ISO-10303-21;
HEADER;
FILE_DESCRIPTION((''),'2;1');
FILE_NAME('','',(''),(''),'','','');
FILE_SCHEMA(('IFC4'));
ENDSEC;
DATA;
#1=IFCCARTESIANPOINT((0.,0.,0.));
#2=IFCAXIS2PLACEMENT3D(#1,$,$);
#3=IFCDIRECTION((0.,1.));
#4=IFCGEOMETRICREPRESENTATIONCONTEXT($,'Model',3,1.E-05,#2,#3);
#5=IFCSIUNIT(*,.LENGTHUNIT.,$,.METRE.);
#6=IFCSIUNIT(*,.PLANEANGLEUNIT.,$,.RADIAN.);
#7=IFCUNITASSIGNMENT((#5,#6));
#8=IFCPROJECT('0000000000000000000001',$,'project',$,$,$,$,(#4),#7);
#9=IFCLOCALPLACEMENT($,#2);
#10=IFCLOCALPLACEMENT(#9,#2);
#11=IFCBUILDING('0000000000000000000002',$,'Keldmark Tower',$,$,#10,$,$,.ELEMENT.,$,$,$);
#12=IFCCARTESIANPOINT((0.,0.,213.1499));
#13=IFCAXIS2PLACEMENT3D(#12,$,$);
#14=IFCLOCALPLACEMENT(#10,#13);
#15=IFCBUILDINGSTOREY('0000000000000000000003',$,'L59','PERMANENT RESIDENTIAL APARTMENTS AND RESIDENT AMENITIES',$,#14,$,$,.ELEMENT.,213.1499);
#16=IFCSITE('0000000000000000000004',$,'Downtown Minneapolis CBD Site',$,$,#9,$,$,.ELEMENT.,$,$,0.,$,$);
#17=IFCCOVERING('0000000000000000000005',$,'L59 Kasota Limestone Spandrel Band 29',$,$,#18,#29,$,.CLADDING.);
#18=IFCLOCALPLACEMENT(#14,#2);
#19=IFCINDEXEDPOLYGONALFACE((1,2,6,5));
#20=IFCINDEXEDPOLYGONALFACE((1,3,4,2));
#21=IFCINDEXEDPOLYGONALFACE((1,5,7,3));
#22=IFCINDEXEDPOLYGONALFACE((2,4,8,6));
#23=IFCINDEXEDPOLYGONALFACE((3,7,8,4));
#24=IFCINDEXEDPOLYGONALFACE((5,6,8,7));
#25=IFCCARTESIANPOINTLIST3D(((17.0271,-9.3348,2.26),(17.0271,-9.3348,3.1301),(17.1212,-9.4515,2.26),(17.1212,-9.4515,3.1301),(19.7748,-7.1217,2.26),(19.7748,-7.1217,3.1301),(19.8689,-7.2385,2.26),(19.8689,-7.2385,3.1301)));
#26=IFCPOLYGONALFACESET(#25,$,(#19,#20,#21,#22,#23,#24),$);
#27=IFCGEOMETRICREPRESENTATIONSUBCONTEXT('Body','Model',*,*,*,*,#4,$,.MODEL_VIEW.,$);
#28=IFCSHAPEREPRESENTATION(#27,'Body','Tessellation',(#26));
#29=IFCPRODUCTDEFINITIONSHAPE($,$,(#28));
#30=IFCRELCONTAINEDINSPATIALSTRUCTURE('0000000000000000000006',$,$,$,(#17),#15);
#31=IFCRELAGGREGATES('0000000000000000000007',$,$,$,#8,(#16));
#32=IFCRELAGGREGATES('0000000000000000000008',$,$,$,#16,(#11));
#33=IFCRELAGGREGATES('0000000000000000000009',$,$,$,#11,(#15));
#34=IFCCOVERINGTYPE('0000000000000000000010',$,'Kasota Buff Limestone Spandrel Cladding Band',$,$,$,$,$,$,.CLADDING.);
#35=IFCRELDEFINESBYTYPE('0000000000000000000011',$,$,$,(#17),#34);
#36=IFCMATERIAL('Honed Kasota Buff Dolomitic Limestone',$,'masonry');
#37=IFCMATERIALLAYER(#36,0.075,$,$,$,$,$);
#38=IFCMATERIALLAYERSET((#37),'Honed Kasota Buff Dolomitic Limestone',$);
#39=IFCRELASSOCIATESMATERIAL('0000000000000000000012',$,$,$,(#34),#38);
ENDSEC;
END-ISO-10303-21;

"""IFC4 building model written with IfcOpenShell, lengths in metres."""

from ifc_helpers import new_model, si_unit, direction, frame, origin, origin_2d, place, context, subcontext, project, spatial, rectangle, extrude, material, layer, layer_set, type_object, element, save


model = new_model("IFC4")

# Units and contexts
model_context = context("Model", 3, precision=1e-05, world=origin(), true_north=direction((0.0, 1.0)))
body_context = subcontext(model_context, "Body", "Model", "MODEL_VIEW")
ifc_project = project(units=[si_unit("LENGTHUNIT", "METRE"), si_unit("PLANEANGLEUNIT", "RADIAN")], contexts=[model_context])

# Site, building, storey
site_placement = place(None, origin())
site = spatial("IfcSite", under=ifc_project, at=site_placement, Name="Downtown Minneapolis CBD Site", CompositionType="ELEMENT", RefElevation=0.0)
building_placement = place(site_placement, origin())
building = spatial("IfcBuilding", under=site, at=building_placement, Name="Keldmark Tower", CompositionType="ELEMENT")
storey_placement = place(building_placement, frame((0.0, 0.0, 213.1499)))
storey = spatial("IfcBuildingStorey", under=building, at=storey_placement, Name="L59", Description="PERMANENT RESIDENTIAL APARTMENTS AND RESIDENT AMENITIES", CompositionType="ELEMENT", Elevation=213.1499)

# Covering
ifc_material_1 = material(Name="Honed Kasota Buff Dolomitic Limestone", Category="masonry")
ifc_layer_1 = layer(ifc_material_1, 0.075)
ifc_layer_set_1 = layer_set([ifc_layer_1], Name="Honed Kasota Buff Dolomitic Limestone")
covering_type = type_object("IfcCoveringType", Name="Kasota Buff Limestone Spandrel Cladding Band", PredefinedType="CLADDING", material=ifc_layer_set_1)
covering_placement = place(storey_placement, frame((18.448, -8.2866, 2.26), z_axis=(0.0, 0.0, 1.0), x_axis=(0.778813, 0.627256, 0.0)))
element("IfcCovering", 1, at=covering_placement, inside=storey, type_object=covering_type, Name="L59 Kasota Limestone Spandrel Band 29", PredefinedType="CLADDING", context=body_context, shape_type="SweptSolid", body=[
    extrude(rectangle(XDim=3.5281, YDim=0.1499, at=origin_2d()), origin(), (0.0, 0.0, 1.0), 0.8701),
])

save(model, "model.ifc")
